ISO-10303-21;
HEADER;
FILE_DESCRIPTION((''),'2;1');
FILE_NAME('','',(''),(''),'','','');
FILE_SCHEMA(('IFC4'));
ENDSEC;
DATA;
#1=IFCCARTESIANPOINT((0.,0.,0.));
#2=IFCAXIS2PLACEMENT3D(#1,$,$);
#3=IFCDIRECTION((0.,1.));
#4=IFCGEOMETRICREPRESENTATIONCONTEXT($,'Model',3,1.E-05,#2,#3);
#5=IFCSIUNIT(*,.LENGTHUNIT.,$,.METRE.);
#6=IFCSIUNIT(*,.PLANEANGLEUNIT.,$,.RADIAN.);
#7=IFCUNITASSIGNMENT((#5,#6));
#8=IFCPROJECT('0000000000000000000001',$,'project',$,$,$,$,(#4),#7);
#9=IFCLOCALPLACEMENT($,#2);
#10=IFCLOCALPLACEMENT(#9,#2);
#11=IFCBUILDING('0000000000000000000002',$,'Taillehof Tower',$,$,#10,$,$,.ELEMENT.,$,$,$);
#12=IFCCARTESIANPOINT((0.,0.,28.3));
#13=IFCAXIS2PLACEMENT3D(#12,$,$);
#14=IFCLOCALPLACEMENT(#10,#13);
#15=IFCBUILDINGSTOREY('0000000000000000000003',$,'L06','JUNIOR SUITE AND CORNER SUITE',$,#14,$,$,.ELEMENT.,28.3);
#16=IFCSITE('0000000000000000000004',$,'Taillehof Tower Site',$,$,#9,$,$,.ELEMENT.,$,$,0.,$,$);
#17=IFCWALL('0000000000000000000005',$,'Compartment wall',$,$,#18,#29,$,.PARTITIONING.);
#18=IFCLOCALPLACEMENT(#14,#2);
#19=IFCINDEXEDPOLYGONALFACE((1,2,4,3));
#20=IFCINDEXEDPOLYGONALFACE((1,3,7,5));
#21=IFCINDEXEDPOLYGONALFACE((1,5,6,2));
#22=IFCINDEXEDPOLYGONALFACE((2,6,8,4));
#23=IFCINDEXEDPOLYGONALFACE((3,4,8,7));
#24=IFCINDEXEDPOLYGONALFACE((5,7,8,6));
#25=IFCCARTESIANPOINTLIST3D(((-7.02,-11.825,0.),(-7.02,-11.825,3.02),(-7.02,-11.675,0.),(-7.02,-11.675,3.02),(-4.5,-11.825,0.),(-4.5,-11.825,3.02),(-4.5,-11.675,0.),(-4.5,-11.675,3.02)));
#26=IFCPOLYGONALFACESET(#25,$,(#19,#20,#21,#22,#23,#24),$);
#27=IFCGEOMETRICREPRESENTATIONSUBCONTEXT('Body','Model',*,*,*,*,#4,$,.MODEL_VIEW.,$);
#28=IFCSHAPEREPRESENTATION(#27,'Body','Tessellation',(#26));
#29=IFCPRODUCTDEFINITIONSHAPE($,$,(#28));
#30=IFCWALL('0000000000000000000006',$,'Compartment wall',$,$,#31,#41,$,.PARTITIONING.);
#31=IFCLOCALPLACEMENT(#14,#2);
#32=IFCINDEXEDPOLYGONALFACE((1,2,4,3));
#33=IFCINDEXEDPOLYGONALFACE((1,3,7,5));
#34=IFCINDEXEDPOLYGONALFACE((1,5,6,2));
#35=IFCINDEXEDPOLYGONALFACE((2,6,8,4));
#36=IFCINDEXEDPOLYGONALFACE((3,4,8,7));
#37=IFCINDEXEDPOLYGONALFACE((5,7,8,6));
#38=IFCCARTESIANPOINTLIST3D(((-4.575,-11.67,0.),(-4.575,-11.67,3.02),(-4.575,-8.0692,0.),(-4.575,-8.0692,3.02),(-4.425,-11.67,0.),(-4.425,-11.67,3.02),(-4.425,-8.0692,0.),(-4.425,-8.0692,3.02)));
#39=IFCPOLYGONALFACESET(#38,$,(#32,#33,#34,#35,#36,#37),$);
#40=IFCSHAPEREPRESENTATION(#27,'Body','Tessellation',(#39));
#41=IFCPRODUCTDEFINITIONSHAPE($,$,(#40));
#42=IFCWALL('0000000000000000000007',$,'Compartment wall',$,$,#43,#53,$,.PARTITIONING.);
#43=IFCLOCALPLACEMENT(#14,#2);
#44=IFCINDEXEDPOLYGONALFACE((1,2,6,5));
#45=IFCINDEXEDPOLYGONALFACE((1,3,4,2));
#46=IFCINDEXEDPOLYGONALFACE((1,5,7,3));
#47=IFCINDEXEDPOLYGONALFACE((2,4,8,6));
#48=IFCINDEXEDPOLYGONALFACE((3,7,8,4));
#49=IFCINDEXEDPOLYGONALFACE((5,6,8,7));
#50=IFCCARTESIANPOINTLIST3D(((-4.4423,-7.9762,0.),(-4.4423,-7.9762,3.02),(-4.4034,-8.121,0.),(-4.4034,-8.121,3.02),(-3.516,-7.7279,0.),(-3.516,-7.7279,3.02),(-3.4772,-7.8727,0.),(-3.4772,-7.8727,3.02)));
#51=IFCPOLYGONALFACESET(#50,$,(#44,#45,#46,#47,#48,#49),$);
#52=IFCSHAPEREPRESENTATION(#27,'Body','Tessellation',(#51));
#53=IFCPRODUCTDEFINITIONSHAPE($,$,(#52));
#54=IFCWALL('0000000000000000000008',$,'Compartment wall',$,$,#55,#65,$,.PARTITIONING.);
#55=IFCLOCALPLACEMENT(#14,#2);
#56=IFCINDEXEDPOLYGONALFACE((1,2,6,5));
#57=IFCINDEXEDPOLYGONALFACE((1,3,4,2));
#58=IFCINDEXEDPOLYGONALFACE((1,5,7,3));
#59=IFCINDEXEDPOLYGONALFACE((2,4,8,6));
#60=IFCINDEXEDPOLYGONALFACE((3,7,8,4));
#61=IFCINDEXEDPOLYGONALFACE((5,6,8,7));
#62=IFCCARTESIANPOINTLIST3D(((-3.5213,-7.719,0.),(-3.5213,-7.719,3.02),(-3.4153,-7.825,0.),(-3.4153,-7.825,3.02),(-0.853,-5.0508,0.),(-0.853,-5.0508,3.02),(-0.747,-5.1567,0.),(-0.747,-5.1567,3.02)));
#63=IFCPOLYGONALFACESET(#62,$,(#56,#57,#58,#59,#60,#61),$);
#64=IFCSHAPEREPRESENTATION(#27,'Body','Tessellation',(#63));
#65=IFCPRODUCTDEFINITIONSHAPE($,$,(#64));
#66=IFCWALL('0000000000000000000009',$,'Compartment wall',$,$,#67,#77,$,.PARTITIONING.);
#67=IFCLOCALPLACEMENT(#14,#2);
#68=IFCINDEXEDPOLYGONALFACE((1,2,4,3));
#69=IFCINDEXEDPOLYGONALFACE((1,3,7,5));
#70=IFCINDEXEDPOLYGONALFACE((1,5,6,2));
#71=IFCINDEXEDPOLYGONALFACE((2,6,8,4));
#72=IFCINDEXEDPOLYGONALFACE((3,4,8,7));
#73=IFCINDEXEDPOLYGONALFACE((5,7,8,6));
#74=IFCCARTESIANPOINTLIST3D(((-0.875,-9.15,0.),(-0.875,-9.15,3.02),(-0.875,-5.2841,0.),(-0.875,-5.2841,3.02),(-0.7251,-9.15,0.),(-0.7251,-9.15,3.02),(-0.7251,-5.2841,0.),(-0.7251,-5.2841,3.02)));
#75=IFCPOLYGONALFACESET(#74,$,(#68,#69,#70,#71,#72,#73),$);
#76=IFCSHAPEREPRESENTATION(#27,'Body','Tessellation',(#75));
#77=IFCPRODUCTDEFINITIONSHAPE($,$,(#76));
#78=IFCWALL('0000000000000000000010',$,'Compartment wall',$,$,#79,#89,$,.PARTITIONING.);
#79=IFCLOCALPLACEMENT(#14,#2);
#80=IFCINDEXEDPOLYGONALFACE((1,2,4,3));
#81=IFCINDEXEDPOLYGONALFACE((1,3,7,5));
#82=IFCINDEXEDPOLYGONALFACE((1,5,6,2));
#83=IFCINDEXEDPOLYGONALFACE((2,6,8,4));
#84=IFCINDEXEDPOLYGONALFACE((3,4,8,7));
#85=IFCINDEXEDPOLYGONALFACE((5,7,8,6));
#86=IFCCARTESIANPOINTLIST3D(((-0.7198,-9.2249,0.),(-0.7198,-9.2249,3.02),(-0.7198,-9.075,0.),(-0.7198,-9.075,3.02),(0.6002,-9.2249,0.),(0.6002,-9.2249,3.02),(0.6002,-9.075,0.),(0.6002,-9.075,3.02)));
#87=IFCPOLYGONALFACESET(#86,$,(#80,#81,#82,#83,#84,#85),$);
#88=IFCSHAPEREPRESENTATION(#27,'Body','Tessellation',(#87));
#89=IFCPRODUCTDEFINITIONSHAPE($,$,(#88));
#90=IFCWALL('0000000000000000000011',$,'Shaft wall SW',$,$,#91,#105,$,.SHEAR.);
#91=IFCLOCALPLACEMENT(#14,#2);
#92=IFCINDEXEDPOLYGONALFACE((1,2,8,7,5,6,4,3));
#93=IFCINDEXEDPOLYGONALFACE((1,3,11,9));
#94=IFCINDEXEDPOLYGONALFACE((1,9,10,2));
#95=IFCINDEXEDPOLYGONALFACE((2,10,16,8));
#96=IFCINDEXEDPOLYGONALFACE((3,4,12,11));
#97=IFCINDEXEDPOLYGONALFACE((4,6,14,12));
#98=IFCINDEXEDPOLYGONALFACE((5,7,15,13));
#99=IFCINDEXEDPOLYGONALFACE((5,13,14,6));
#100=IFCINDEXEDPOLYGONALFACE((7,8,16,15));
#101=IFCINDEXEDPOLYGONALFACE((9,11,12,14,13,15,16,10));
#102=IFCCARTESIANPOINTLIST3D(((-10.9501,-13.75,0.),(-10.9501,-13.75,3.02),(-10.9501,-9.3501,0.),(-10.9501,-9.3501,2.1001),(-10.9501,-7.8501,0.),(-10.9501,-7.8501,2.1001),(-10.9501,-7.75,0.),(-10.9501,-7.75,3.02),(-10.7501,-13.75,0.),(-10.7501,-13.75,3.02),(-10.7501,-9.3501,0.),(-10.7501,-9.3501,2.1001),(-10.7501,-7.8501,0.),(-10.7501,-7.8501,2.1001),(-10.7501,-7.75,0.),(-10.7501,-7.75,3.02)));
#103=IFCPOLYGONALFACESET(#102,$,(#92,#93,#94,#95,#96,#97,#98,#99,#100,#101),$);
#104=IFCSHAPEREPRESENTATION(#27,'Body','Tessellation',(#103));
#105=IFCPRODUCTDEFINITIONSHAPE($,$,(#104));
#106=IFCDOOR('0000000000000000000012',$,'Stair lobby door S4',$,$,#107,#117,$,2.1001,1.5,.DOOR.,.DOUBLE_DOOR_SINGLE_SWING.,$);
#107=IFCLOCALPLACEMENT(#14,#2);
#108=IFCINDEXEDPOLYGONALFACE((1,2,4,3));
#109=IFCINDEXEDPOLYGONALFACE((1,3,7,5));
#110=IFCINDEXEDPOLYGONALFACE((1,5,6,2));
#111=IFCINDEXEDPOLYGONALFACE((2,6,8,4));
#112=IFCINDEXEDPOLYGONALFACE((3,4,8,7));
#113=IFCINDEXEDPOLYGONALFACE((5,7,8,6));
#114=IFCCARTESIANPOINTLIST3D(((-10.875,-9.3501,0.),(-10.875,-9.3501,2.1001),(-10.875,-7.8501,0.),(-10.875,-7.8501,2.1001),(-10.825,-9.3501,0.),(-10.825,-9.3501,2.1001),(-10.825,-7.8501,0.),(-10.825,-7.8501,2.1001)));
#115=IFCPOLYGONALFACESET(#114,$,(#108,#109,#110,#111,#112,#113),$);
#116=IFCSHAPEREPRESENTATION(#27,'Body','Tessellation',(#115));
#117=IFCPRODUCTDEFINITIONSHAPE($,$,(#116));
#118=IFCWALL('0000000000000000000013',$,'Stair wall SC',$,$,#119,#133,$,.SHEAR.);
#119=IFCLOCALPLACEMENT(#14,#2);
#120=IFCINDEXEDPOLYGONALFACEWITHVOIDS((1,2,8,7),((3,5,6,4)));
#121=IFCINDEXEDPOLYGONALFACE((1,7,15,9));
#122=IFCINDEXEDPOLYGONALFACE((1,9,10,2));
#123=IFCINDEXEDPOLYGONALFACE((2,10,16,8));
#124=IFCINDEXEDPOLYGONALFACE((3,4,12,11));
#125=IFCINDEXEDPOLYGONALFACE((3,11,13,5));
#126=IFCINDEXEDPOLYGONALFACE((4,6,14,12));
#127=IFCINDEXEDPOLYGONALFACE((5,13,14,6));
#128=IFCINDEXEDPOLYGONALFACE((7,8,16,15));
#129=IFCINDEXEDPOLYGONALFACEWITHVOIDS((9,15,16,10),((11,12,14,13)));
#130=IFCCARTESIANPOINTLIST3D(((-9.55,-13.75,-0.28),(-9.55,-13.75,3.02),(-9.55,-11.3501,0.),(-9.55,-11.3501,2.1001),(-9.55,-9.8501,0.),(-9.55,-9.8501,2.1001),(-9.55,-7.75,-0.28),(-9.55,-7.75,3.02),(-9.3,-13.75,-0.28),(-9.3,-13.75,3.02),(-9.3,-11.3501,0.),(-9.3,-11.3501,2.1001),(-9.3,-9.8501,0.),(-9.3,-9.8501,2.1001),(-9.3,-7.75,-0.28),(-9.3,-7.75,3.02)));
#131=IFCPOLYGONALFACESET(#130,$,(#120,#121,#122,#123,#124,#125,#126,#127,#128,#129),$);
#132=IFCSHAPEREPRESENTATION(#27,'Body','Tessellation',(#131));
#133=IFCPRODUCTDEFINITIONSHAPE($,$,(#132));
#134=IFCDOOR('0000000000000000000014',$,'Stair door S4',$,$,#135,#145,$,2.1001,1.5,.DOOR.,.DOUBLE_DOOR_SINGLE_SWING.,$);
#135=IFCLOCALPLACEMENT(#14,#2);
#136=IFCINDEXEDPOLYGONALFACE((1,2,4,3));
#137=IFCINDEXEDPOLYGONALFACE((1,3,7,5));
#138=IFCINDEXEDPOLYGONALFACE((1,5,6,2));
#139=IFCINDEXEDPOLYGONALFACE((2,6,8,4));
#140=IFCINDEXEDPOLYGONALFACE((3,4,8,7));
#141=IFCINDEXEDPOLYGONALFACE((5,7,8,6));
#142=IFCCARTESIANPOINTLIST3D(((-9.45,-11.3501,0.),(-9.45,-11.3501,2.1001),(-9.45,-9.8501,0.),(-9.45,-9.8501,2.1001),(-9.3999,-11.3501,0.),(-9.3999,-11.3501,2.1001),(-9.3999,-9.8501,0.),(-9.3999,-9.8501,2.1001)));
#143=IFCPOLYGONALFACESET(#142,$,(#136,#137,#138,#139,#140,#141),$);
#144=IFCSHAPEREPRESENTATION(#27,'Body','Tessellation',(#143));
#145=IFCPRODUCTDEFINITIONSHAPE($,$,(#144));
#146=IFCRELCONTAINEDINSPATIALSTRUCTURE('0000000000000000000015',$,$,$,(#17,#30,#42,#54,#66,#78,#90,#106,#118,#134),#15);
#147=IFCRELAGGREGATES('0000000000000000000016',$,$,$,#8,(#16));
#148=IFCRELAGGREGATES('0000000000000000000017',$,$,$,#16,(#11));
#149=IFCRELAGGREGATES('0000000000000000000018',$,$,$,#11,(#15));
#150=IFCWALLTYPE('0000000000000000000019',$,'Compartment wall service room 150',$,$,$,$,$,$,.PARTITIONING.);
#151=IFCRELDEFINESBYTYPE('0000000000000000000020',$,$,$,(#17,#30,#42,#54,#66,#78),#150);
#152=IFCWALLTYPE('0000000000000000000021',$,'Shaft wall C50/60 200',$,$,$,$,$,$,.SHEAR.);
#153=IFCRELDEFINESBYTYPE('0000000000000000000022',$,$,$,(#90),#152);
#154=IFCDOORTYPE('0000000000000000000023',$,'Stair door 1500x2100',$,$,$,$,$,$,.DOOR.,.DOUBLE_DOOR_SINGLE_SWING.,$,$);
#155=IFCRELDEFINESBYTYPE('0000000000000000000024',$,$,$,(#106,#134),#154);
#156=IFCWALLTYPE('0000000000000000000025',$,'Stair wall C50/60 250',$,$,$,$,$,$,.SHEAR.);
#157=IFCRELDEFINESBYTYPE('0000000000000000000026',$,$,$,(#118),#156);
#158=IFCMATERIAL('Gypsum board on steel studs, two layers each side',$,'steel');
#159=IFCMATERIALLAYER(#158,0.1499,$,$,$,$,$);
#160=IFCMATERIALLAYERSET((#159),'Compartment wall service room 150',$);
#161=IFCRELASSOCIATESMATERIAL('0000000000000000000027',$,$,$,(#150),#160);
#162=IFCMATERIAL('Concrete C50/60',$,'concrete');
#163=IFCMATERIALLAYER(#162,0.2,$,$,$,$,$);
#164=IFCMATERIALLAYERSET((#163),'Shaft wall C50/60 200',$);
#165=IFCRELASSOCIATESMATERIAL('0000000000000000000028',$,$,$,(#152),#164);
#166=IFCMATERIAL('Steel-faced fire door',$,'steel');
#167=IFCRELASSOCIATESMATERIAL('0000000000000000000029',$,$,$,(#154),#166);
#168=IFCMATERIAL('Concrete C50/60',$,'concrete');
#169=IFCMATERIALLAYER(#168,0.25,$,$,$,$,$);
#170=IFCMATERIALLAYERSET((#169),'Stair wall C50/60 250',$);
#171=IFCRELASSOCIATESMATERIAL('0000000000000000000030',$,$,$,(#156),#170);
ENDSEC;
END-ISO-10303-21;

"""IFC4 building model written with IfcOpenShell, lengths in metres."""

from ifc_helpers import new_model, si_unit, direction, frame, frame_2d, origin, place, context, subcontext, project, spatial, rectangle, extrude, material, layer, layer_set, type_object, element, fill, save


model = new_model("IFC4")

# Units and contexts
model_context = context("Model", 3, precision=1e-05, world=origin(), true_north=direction((0.0, 1.0)))
body_context = subcontext(model_context, "Body", "Model", "MODEL_VIEW")
ifc_project = project(units=[si_unit("LENGTHUNIT", "METRE"), si_unit("PLANEANGLEUNIT", "RADIAN")], contexts=[model_context])

# Site, building, storey
site_placement = place(None, origin())
site = spatial("IfcSite", under=ifc_project, at=site_placement, Name="Taillehof Tower Site", CompositionType="ELEMENT", RefElevation=0.0)
building_placement = place(site_placement, origin())
building = spatial("IfcBuilding", under=site, at=building_placement, Name="Taillehof Tower", CompositionType="ELEMENT")
storey_placement = place(building_placement, frame((0.0, 0.0, 28.3)))
storey = spatial("IfcBuildingStorey", under=building, at=storey_placement, Name="L06", Description="JUNIOR SUITE AND CORNER SUITE", CompositionType="ELEMENT", Elevation=28.3)

# Shared definitions
ifc_material_1 = material(Name="Gypsum board on steel studs, two layers each side", Category="steel")
ifc_layer_1 = layer(ifc_material_1, 0.1499)
ifc_layer_set_1 = layer_set([ifc_layer_1], Name="Compartment wall service room 150")
wall_type_1 = type_object("IfcWallType", Name="Compartment wall service room 150", PredefinedType="PARTITIONING", material=ifc_layer_set_1)

# Walls
wall_1_placement = place(storey_placement, frame((-7.02, -11.75, 0.0), z_axis=(0.0, 0.0, 1.0), x_axis=(1.0, 0.0, 0.0)))
element("IfcWall", 1, at=wall_1_placement, inside=storey, type_object=wall_type_1, Name="Compartment wall", PredefinedType="PARTITIONING", context=body_context, shape_type="SweptSolid", body=[
    extrude(rectangle(XDim=2.52, YDim=0.1499, at=frame_2d((1.26, 0.0))), origin(), (0.0, 0.0, 1.0), 3.02),
])
wall_2_placement = place(storey_placement, frame((-4.5, -11.6699, 0.0), z_axis=(0.0, 0.0, 1.0), x_axis=(0.0, 1.0, 0.0)))
element("IfcWall", 2, at=wall_2_placement, inside=storey, type_object=wall_type_1, Name="Compartment wall", PredefinedType="PARTITIONING", context=body_context, shape_type="SweptSolid", body=[
    extrude(rectangle(XDim=3.6008, YDim=0.1499, at=frame_2d((1.8003, 0.0))), origin(), (0.0, 0.0, 1.0), 3.02),
])
wall_3_placement = place(storey_placement, frame((-4.4229, -8.0486, 0.0), z_axis=(0.0, 0.0, 1.0), x_axis=(0.9659, 0.258914, 0.0)))
element("IfcWall", 3, at=wall_3_placement, inside=storey, type_object=wall_type_1, Name="Compartment wall", PredefinedType="PARTITIONING", context=body_context, shape_type="SweptSolid", body=[
    extrude(rectangle(XDim=0.959, YDim=0.1499, at=frame_2d((0.4795, 0.0))), origin(), (0.0, 0.0, 1.0), 3.02),
])
wall_4_placement = place(storey_placement, frame((-3.4683, -7.772, 0.0), z_axis=(0.0, 0.0, 1.0), x_axis=(0.707107, 0.707107, 0.0)))
element("IfcWall", 4, at=wall_4_placement, inside=storey, type_object=wall_type_1, Name="Compartment wall", PredefinedType="PARTITIONING", context=body_context, shape_type="SweptSolid", body=[
    extrude(rectangle(XDim=3.7734, YDim=0.1499, at=frame_2d((1.8867, 0.0))), origin(), (0.0, 0.0, 1.0), 3.02),
])
wall_5_placement = place(storey_placement, frame((-0.8, -5.2839, 0.0), z_axis=(0.0, 0.0, 1.0), x_axis=(0.0, -1.0, 0.0)))
element("IfcWall", 5, at=wall_5_placement, inside=storey, type_object=wall_type_1, Name="Compartment wall", PredefinedType="PARTITIONING", context=body_context, shape_type="SweptSolid", body=[
    extrude(rectangle(XDim=3.866, YDim=0.1499, at=frame_2d((1.9331, 0.0))), origin(), (0.0, 0.0, 1.0), 3.02),
])
wall_6_placement = place(storey_placement, frame((-0.72, -9.1499, 0.0), z_axis=(0.0, 0.0, 1.0), x_axis=(1.0, 0.0, 0.0)))
element("IfcWall", 6, at=wall_6_placement, inside=storey, type_object=wall_type_1, Name="Compartment wall", PredefinedType="PARTITIONING", context=body_context, shape_type="SweptSolid", body=[
    extrude(rectangle(XDim=1.3201, YDim=0.1499, at=frame_2d((0.6602, 0.0))), origin(), (0.0, 0.0, 1.0), 3.02),
])

# Walls, openings, doors
ifc_material_2 = material(Name="Concrete C50/60", Category="concrete")
ifc_layer_2 = layer(ifc_material_2, 0.2)
ifc_layer_set_2 = layer_set([ifc_layer_2], Name="Shaft wall C50/60 200")
wall_type_2 = type_object("IfcWallType", Name="Shaft wall C50/60 200", PredefinedType="SHEAR", material=ifc_layer_set_2)
wall_7_placement = place(storey_placement, frame((-10.8501, -13.75, 0.0), z_axis=(0.0, 0.0, 1.0), x_axis=(0.0, 1.0, 0.0)))
wall_7 = element("IfcWall", 7, at=wall_7_placement, inside=storey, type_object=wall_type_2, Name="Shaft wall SW", PredefinedType="SHEAR", context=body_context, shape_type="SweptSolid", body=[
    extrude(rectangle(XDim=6.0, YDim=0.2, at=frame_2d((3.0, 0.0))), origin(), (0.0, 0.0, 1.0), 3.02),
])
opening_1_placement = place(wall_7_placement, frame((4.3999, 0.0, 0.0)))
opening_1 = element("IfcOpeningElement", 8, at=opening_1_placement, cuts=wall_7, PredefinedType="OPENING", context=body_context, shape_type="SweptSolid", body=[
    extrude(rectangle(XDim=1.5, YDim=2.1001, at=frame_2d((0.75, 1.05))), frame((0.0, 0.1099, 0.0), z_axis=(0.0, -1.0, 0.0), x_axis=(1.0, 0.0, 0.0)), (0.0, 0.0, 1.0), 0.22),
])
ifc_material_3 = material(Name="Steel-faced fire door", Category="steel")
door_type_1 = type_object("IfcDoorType", Name="Stair door 1500x2100", OperationType="DOUBLE_DOOR_SINGLE_SWING", PredefinedType="DOOR", material=ifc_material_3)
door_1_placement = place(opening_1_placement, origin())
door_1 = element("IfcDoor", 9, at=door_1_placement, inside=storey, type_object=door_type_1, Name="Stair lobby door S4", OperationType="DOUBLE_DOOR_SINGLE_SWING", OverallHeight=2.1001, OverallWidth=1.5, PredefinedType="DOOR", context=body_context, shape_type="SweptSolid", body=[
    extrude(rectangle(XDim=1.5, YDim=2.1001, at=frame_2d((0.75, 1.05))), frame((0.0, 0.0249, 0.0), z_axis=(0.0, -1.0, 0.0), x_axis=(1.0, 0.0, 0.0)), (0.0, 0.0, 1.0), 0.05),
])
fill(opening_1, door_1)
ifc_material_4 = material(Name="Concrete C50/60", Category="concrete")
ifc_layer_3 = layer(ifc_material_4, 0.25)
ifc_layer_set_3 = layer_set([ifc_layer_3], Name="Stair wall C50/60 250")
wall_type_3 = type_object("IfcWallType", Name="Stair wall C50/60 250", PredefinedType="SHEAR", material=ifc_layer_set_3)
wall_8_placement = place(storey_placement, frame((-9.425, -13.75, -0.28), z_axis=(0.0, 0.0, 1.0), x_axis=(0.0, 1.0, 0.0)))
wall_8 = element("IfcWall", 10, at=wall_8_placement, inside=storey, type_object=wall_type_3, Name="Stair wall SC", PredefinedType="SHEAR", context=body_context, shape_type="SweptSolid", body=[
    extrude(rectangle(XDim=6.0, YDim=0.25, at=frame_2d((3.0, 0.0))), origin(), (0.0, 0.0, 1.0), 3.3),
])
opening_2_placement = place(wall_8_placement, frame((2.3999, 0.0, 0.28)))
opening_2 = element("IfcOpeningElement", 11, at=opening_2_placement, cuts=wall_8, PredefinedType="OPENING", context=body_context, shape_type="SweptSolid", body=[
    extrude(rectangle(XDim=1.5, YDim=2.1001, at=frame_2d((0.75, 1.05))), frame((0.0, 0.135, 0.0), z_axis=(0.0, -1.0, 0.0), x_axis=(1.0, 0.0, 0.0)), (0.0, 0.0, 1.0), 0.27),
])
door_2_placement = place(opening_2_placement, origin())
door_2 = element("IfcDoor", 12, at=door_2_placement, inside=storey, type_object=door_type_1, Name="Stair door S4", OperationType="DOUBLE_DOOR_SINGLE_SWING", OverallHeight=2.1001, OverallWidth=1.5, PredefinedType="DOOR", context=body_context, shape_type="SweptSolid", body=[
    extrude(rectangle(XDim=1.5, YDim=2.1001, at=frame_2d((0.75, 1.05))), frame((0.0, 0.0249, 0.0), z_axis=(0.0, -1.0, 0.0), x_axis=(1.0, 0.0, 0.0)), (0.0, 0.0, 1.0), 0.05),
])
fill(opening_2, door_2)

save(model, "model.ifc")
